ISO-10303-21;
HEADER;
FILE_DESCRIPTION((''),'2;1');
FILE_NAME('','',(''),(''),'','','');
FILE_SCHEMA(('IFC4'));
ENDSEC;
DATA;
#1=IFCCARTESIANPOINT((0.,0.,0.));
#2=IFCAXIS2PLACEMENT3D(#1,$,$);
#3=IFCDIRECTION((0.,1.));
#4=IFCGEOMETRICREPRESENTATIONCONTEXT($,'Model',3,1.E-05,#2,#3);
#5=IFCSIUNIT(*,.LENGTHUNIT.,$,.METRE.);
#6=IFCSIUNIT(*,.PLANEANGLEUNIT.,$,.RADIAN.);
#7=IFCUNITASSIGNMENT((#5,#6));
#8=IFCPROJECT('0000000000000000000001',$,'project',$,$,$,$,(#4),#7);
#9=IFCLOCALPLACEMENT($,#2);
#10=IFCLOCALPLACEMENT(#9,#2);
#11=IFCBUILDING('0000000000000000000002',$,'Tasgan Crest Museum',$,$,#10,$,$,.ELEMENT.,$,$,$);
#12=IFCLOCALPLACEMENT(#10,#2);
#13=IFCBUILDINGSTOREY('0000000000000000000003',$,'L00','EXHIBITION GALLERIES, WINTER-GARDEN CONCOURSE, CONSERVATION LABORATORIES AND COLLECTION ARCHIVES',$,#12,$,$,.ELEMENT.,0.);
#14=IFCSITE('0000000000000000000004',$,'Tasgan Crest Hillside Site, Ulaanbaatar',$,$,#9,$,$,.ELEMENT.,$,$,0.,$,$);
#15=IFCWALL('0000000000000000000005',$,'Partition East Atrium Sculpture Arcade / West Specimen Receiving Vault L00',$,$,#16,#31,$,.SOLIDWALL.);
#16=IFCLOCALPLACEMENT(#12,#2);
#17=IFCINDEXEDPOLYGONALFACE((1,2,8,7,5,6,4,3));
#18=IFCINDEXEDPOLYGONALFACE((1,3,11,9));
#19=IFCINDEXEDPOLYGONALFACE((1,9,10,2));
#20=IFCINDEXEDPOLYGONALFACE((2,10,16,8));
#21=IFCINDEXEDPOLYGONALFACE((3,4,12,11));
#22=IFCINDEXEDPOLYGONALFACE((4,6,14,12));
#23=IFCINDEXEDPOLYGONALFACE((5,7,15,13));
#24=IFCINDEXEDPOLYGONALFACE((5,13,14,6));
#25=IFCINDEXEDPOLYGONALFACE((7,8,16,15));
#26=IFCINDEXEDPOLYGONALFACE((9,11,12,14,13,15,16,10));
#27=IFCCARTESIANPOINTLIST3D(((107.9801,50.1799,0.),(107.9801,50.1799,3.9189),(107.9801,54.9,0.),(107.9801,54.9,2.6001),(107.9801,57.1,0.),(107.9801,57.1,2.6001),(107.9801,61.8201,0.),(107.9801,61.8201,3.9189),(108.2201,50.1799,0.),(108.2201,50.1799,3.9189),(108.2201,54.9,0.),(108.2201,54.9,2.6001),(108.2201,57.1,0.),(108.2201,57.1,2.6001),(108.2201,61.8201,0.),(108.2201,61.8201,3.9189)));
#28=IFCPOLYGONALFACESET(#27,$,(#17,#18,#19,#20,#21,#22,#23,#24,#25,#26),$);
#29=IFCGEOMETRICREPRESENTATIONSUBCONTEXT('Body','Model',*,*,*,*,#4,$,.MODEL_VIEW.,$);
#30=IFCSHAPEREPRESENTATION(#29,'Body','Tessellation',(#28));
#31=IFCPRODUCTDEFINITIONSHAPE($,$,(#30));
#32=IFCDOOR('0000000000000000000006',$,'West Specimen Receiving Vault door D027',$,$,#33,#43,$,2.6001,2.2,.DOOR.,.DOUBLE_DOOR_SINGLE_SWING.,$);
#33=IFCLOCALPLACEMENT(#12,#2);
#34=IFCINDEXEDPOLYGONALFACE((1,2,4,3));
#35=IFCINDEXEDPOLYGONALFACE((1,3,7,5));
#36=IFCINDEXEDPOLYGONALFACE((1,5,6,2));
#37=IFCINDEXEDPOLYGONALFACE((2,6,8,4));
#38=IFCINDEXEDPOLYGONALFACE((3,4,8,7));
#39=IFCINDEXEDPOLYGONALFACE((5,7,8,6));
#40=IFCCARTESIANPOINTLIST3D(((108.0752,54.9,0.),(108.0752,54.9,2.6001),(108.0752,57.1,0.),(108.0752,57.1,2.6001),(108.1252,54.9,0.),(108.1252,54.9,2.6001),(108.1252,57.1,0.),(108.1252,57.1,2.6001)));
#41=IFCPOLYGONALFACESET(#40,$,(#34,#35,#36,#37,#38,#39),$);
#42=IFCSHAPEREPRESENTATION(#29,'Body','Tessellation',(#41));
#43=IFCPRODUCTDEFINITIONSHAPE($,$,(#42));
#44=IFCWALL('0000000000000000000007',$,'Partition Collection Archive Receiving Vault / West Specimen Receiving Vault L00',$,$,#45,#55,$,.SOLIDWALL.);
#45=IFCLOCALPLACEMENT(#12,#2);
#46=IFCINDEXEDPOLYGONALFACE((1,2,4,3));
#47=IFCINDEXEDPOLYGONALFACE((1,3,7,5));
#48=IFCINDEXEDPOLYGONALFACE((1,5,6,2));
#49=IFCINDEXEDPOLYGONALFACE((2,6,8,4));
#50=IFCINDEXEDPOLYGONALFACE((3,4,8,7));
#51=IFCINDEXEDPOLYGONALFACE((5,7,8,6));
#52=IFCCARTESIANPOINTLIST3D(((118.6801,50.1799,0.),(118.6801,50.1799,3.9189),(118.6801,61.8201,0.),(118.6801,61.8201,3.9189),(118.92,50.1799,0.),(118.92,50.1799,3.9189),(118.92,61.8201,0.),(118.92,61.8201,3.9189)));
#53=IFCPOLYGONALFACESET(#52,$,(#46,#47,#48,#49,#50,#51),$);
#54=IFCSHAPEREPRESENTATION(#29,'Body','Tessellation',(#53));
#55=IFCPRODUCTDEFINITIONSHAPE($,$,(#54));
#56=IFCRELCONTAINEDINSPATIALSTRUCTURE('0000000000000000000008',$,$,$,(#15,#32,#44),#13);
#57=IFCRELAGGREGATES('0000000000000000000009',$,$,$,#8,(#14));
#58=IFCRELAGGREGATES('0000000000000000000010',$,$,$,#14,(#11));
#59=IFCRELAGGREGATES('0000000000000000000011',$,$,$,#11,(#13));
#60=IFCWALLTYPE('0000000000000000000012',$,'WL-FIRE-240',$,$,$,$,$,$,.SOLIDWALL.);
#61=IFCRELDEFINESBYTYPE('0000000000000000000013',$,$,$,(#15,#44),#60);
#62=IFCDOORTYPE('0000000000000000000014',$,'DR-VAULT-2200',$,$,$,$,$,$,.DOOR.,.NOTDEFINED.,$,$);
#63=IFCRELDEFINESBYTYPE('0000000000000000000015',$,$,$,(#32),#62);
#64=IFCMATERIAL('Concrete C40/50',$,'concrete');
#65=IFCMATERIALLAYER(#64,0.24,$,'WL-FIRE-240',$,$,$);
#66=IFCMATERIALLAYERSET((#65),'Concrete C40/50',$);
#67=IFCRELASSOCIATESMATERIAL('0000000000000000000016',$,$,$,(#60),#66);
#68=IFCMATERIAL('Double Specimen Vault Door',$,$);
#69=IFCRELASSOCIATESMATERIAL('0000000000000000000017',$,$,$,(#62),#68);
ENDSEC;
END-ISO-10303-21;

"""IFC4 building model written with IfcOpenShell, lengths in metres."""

from ifc_helpers import new_model, si_unit, direction, frame, frame_2d, origin, place, context, subcontext, project, spatial, rectangle, extrude, material, layer, layer_set, type_object, element, fill, save


model = new_model("IFC4")

# Units and contexts
model_context = context("Model", 3, precision=1e-05, world=origin(), true_north=direction((0.0, 1.0)))
body_context = subcontext(model_context, "Body", "Model", "MODEL_VIEW")
ifc_project = project(units=[si_unit("LENGTHUNIT", "METRE"), si_unit("PLANEANGLEUNIT", "RADIAN")], contexts=[model_context])

# Site, building, storey
site_placement = place(None, origin())
site = spatial("IfcSite", under=ifc_project, at=site_placement, Name="Tasgan Crest Hillside Site, Ulaanbaatar", CompositionType="ELEMENT", RefElevation=0.0)
building_placement = place(site_placement, origin())
building = spatial("IfcBuilding", under=site, at=building_placement, Name="Tasgan Crest Museum", CompositionType="ELEMENT")
storey_placement = place(building_placement, origin())
storey = spatial("IfcBuildingStorey", under=building, at=storey_placement, Name="L00", Description="EXHIBITION GALLERIES, WINTER-GARDEN CONCOURSE, CONSERVATION LABORATORIES AND COLLECTION ARCHIVES", CompositionType="ELEMENT", Elevation=0.0)

# Wall, opening, door
ifc_material_1 = material(Name="Concrete C40/50", Category="concrete")
ifc_layer_1 = layer(ifc_material_1, 0.24, Name="WL-FIRE-240")
ifc_layer_set_1 = layer_set([ifc_layer_1], Name="Concrete C40/50")
wall_type_1 = type_object("IfcWallType", Name="WL-FIRE-240", PredefinedType="SOLIDWALL", material=ifc_layer_set_1)
wall_1_placement = place(storey_placement, frame((108.1001, 50.1799, 0.0), z_axis=(0.0, 0.0, 1.0), x_axis=(0.0, 1.0, 0.0)))
wall_1 = element("IfcWall", 1, at=wall_1_placement, inside=storey, type_object=wall_type_1, Name="Partition East Atrium Sculpture Arcade / West Specimen Receiving Vault L00", PredefinedType="SOLIDWALL", context=body_context, shape_type="SweptSolid", body=[
    extrude(rectangle(XDim=11.6401, YDim=0.24, at=frame_2d((5.8201, 0.0))), origin(), (0.0, 0.0, 1.0), 3.9189),
])
opening_1_placement = place(wall_1_placement, frame((4.72, 0.0, 0.0)))
opening_1 = element("IfcOpeningElement", 2, at=opening_1_placement, cuts=wall_1, PredefinedType="OPENING", context=body_context, shape_type="SweptSolid", body=[
    extrude(rectangle(XDim=2.2, YDim=2.6001, at=frame_2d((1.1001, 1.3))), frame((0.0, 0.1299, 0.0), z_axis=(0.0, -1.0, 0.0), x_axis=(1.0, 0.0, 0.0)), (0.0, 0.0, 1.0), 0.26),
])
ifc_material_2 = material(Name="Double Specimen Vault Door")
door_type_1 = type_object("IfcDoorType", Name="DR-VAULT-2200", OperationType="NOTDEFINED", PredefinedType="DOOR", material=ifc_material_2)
door_1_placement = place(opening_1_placement, origin())
door_1 = element("IfcDoor", 3, at=door_1_placement, inside=storey, type_object=door_type_1, Name="West Specimen Receiving Vault door D027", OperationType="DOUBLE_DOOR_SINGLE_SWING", OverallHeight=2.6001, OverallWidth=2.2, PredefinedType="DOOR", context=body_context, shape_type="SweptSolid", body=[
    extrude(rectangle(XDim=2.2, YDim=2.6001, at=frame_2d((1.1001, 1.3))), frame((0.0, 0.0249, 0.0), z_axis=(0.0, -1.0, 0.0), x_axis=(1.0, 0.0, 0.0)), (0.0, 0.0, 1.0), 0.05),
])
fill(opening_1, door_1)

# Wall
wall_2_placement = place(storey_placement, frame((118.8, 50.1799, 0.0), z_axis=(0.0, 0.0, 1.0), x_axis=(0.0, 1.0, 0.0)))
element("IfcWall", 4, at=wall_2_placement, inside=storey, type_object=wall_type_1, Name="Partition Collection Archive Receiving Vault / West Specimen Receiving Vault L00", PredefinedType="SOLIDWALL", context=body_context, shape_type="SweptSolid", body=[
    extrude(rectangle(XDim=11.6401, YDim=0.24, at=frame_2d((5.8201, 0.0))), origin(), (0.0, 0.0, 1.0), 3.9189),
])

save(model, "model.ifc")
